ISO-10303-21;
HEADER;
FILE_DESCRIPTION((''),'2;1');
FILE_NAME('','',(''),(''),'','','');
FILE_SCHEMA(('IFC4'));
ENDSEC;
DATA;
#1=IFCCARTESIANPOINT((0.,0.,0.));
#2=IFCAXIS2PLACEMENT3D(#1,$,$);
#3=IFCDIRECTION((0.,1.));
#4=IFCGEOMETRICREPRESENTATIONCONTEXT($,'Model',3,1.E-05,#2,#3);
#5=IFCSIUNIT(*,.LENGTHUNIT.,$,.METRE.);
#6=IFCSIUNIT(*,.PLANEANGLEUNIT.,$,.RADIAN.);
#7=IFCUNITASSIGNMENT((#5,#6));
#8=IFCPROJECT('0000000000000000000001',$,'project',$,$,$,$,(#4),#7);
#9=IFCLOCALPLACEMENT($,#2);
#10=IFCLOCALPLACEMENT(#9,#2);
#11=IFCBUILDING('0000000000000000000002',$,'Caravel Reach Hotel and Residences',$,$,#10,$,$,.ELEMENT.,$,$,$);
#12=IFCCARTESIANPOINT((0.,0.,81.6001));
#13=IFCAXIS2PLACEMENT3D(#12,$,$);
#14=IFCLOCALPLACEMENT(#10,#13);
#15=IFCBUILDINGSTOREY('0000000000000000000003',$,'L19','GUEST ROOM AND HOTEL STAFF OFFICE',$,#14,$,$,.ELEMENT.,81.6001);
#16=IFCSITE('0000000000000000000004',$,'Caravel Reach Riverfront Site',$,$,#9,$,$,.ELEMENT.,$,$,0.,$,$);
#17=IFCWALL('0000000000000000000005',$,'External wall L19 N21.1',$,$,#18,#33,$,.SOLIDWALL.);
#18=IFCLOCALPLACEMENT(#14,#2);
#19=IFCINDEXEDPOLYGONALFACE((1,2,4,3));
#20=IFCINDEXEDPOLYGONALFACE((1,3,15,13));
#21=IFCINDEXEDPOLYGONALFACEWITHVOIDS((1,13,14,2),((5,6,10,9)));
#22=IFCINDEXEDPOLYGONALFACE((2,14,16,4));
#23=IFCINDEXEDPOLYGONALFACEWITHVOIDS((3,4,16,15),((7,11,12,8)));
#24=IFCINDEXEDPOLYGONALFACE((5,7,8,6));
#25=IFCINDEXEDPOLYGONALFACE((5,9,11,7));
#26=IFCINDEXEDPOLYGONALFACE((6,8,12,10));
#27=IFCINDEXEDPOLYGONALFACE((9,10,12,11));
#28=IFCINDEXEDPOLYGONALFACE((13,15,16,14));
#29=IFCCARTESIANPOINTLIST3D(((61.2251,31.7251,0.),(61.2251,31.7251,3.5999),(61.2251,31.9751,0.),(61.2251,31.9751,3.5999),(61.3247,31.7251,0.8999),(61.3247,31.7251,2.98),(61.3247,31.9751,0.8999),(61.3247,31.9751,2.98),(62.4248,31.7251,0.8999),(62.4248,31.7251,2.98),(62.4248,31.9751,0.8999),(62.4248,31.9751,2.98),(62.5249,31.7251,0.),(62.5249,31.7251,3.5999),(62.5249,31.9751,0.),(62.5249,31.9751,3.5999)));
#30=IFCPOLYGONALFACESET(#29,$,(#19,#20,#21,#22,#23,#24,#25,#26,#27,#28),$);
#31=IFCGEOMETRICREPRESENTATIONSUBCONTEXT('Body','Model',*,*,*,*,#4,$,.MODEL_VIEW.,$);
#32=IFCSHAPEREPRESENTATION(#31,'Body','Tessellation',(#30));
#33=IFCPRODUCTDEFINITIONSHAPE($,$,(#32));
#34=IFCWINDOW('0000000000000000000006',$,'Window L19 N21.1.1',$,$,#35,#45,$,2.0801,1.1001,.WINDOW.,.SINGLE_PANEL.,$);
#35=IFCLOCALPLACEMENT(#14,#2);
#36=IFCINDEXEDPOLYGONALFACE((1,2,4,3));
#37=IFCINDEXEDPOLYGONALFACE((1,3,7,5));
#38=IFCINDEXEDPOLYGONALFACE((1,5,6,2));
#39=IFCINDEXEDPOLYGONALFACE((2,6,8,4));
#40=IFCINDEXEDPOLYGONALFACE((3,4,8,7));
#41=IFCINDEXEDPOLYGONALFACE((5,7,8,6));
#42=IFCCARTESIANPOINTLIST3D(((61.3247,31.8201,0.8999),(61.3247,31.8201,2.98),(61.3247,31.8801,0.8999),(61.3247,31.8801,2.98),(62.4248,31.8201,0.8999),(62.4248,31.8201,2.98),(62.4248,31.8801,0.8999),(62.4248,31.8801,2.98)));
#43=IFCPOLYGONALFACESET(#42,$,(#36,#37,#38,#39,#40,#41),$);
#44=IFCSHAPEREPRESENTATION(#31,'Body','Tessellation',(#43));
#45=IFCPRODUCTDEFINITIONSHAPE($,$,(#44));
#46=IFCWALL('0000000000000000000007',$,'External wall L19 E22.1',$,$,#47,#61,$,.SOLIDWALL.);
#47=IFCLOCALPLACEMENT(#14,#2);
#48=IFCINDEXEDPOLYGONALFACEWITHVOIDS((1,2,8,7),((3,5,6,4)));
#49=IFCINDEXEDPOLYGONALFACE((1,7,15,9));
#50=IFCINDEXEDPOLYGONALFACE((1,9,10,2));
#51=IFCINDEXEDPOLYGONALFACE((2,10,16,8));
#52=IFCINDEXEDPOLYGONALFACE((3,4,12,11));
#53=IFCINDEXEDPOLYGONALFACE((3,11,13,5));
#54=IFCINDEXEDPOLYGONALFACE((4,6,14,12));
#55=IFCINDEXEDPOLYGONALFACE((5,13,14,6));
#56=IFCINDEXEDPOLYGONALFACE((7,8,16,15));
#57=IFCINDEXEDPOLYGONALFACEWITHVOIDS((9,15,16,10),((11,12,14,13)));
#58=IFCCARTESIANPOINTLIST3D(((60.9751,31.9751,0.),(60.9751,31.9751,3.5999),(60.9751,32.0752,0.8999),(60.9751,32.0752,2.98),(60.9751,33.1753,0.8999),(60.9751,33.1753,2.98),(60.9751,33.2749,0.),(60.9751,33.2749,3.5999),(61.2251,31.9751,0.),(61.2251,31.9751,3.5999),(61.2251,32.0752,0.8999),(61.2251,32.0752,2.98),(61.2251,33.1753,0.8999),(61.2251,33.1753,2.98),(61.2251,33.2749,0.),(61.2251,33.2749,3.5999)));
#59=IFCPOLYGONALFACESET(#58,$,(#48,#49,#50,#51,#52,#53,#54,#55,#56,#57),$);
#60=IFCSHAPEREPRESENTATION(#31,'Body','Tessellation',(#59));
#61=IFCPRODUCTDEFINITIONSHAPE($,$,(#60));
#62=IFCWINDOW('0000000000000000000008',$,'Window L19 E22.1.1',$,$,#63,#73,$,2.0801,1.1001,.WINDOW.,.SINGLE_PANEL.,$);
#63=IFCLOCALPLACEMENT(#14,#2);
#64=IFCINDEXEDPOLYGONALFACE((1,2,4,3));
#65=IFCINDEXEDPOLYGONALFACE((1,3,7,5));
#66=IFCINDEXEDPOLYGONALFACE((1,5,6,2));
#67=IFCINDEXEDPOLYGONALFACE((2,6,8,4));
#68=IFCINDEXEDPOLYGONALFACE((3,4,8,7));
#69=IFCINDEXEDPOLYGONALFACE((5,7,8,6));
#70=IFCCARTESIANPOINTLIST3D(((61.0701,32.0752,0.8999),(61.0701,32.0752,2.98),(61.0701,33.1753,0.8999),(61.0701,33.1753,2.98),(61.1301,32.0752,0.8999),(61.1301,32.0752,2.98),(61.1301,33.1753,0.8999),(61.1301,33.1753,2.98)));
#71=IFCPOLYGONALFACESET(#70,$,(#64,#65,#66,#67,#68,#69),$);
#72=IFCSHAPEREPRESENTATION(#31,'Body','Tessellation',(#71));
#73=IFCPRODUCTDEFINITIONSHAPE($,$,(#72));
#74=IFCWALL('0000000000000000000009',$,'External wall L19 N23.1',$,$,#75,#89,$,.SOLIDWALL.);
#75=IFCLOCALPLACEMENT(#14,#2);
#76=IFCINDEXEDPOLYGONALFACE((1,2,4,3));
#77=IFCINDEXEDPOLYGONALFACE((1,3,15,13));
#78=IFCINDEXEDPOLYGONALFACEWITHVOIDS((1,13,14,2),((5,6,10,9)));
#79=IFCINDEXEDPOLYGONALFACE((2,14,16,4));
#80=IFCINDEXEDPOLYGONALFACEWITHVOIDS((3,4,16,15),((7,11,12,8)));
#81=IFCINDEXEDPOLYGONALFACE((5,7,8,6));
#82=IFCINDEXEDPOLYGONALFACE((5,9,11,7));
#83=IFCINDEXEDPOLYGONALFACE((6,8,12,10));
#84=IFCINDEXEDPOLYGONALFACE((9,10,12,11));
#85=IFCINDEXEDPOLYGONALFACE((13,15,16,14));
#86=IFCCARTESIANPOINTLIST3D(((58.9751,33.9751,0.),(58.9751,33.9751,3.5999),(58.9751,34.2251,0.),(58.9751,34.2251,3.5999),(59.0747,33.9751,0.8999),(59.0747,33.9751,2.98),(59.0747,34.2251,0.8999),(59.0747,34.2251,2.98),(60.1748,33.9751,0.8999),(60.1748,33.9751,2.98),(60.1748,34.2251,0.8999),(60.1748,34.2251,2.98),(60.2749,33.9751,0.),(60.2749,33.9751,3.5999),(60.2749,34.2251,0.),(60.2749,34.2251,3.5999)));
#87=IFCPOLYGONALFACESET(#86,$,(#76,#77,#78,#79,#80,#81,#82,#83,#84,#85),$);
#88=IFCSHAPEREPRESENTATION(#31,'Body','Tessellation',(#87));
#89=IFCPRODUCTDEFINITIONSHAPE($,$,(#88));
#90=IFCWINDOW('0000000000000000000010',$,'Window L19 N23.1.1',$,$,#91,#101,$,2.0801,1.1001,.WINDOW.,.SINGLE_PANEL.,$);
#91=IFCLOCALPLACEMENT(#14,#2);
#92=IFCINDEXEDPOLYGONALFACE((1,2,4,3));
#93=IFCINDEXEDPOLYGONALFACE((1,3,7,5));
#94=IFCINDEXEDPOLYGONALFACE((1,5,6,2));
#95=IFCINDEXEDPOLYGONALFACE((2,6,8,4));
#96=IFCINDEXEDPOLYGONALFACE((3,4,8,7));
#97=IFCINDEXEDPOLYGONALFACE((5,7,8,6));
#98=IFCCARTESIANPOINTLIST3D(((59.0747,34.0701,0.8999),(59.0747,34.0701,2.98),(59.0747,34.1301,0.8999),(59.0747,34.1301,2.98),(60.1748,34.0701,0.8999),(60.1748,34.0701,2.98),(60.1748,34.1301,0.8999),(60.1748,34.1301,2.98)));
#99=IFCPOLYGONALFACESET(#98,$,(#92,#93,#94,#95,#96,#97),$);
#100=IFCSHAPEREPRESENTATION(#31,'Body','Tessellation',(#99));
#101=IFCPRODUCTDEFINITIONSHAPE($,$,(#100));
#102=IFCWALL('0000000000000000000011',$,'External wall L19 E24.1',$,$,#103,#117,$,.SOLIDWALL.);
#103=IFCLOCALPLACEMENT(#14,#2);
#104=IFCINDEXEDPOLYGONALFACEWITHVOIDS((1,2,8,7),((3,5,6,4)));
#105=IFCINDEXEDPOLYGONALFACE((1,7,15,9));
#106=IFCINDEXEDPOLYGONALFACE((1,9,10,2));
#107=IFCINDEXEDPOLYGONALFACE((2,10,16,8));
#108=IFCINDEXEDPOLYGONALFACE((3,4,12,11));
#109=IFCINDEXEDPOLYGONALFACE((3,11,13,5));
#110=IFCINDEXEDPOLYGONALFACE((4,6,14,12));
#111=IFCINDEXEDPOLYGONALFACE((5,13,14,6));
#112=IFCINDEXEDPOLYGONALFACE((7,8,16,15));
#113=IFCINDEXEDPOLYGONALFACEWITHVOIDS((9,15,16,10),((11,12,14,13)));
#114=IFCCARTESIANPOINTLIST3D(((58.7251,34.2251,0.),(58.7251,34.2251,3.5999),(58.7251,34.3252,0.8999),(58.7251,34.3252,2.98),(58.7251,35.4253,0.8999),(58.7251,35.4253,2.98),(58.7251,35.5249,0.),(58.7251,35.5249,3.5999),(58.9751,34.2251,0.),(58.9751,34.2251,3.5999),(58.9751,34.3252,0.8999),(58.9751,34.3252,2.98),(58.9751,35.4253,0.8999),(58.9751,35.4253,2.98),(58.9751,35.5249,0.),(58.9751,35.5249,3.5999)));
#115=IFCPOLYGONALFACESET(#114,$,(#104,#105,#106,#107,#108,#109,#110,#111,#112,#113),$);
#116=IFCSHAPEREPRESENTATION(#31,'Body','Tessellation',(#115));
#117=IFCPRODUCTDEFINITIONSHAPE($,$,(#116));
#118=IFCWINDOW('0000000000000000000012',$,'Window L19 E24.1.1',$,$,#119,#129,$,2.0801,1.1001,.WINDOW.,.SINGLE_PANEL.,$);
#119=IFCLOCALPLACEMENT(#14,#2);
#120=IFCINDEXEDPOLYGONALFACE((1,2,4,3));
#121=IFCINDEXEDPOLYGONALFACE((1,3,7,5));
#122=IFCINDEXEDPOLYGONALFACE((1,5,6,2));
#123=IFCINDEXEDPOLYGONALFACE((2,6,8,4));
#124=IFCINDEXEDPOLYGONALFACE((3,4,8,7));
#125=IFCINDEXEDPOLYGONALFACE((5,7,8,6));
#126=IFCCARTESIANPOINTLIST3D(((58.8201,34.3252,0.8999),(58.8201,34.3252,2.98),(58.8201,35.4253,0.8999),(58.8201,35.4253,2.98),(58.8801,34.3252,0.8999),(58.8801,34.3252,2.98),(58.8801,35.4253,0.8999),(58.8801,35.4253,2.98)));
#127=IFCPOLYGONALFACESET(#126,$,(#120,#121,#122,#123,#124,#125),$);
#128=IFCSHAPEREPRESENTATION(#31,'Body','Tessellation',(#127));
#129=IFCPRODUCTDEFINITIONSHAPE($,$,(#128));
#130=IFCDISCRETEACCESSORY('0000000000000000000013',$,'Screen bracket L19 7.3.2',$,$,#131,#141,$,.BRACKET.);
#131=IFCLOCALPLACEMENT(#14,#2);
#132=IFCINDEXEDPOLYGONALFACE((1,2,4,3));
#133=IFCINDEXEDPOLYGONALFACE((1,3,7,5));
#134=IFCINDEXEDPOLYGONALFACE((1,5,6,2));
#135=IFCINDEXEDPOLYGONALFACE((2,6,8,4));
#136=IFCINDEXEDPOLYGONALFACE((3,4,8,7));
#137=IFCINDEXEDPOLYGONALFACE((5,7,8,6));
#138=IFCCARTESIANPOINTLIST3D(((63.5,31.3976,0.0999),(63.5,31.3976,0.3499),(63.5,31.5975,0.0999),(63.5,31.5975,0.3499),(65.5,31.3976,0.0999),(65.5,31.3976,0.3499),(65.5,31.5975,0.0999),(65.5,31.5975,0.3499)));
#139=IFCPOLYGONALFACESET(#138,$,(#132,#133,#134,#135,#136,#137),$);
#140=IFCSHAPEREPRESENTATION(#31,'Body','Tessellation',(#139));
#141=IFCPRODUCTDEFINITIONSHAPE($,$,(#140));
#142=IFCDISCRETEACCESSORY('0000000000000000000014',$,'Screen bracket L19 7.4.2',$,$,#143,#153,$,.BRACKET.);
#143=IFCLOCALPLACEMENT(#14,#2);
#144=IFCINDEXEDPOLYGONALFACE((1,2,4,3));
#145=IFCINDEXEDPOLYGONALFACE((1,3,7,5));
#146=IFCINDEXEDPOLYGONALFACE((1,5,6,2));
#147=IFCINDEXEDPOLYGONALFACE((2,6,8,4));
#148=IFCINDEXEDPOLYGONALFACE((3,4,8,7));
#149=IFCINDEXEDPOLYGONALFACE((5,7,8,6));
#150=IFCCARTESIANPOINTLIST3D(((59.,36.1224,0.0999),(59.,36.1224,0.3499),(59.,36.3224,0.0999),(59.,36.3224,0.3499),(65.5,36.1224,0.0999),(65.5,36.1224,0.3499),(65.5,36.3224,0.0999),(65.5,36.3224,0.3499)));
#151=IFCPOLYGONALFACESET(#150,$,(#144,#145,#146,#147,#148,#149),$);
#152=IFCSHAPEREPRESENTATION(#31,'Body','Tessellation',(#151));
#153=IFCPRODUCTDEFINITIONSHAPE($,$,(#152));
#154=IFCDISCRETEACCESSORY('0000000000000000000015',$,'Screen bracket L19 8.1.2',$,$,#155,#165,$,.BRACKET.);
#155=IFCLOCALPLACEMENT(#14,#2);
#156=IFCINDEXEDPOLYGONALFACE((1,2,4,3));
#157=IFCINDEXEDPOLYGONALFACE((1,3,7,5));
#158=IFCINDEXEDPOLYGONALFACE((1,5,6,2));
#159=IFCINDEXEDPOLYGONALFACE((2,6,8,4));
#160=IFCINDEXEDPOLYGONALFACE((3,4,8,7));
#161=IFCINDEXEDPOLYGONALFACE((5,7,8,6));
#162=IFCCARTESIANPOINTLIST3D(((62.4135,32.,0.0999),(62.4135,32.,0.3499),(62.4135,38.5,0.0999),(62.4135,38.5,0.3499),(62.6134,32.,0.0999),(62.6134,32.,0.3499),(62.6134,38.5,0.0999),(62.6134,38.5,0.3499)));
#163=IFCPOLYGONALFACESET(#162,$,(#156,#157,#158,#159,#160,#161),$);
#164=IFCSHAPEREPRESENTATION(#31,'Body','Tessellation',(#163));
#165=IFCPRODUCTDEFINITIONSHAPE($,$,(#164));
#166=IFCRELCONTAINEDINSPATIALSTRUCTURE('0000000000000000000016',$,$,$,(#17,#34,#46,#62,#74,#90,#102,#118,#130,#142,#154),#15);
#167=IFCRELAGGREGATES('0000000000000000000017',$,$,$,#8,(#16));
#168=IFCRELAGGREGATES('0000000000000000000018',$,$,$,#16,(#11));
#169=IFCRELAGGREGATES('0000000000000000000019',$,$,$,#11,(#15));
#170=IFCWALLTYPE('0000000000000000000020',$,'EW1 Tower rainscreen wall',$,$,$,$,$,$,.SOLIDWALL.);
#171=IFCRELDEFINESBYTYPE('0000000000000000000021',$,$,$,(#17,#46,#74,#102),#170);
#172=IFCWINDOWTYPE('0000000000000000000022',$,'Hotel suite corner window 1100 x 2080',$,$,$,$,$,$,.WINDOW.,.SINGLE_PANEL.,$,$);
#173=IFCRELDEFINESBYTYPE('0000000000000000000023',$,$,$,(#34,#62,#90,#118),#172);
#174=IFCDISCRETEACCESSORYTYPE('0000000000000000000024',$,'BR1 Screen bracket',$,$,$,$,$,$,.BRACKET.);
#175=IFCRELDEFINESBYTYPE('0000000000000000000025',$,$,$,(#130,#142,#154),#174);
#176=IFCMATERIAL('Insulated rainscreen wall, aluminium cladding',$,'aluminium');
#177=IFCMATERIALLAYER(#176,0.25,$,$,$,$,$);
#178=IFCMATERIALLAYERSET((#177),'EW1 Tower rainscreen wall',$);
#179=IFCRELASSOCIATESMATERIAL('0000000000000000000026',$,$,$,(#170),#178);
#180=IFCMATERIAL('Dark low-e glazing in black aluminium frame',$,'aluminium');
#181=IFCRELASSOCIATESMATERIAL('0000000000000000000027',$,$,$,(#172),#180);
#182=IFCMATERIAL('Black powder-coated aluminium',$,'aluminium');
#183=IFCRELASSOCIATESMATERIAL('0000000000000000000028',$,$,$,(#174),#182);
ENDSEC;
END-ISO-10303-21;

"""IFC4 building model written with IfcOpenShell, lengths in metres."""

from ifc_helpers import new_model, si_unit, direction, frame, frame_2d, origin, origin_2d, place, context, subcontext, project, spatial, rectangle, extrude, material, layer, layer_set, type_object, element, fill, save


model = new_model("IFC4")

# Units and contexts
model_context = context("Model", 3, precision=1e-05, world=origin(), true_north=direction((0.0, 1.0)))
body_context = subcontext(model_context, "Body", "Model", "MODEL_VIEW")
ifc_project = project(units=[si_unit("LENGTHUNIT", "METRE"), si_unit("PLANEANGLEUNIT", "RADIAN")], contexts=[model_context])

# Site, building, storey
site_placement = place(None, origin())
site = spatial("IfcSite", under=ifc_project, at=site_placement, Name="Caravel Reach Riverfront Site", CompositionType="ELEMENT", RefElevation=0.0)
building_placement = place(site_placement, origin())
building = spatial("IfcBuilding", under=site, at=building_placement, Name="Caravel Reach Hotel and Residences", CompositionType="ELEMENT")
storey_placement = place(building_placement, frame((0.0, 0.0, 81.6001)))
storey = spatial("IfcBuildingStorey", under=building, at=storey_placement, Name="L19", Description="GUEST ROOM AND HOTEL STAFF OFFICE", CompositionType="ELEMENT", Elevation=81.6001)

# Walls, openings, windows
ifc_material_1 = material(Name="Insulated rainscreen wall, aluminium cladding", Category="aluminium")
ifc_layer = layer(ifc_material_1, 0.25)
ifc_layer_set = layer_set([ifc_layer], Name="EW1 Tower rainscreen wall")
wall_type = type_object("IfcWallType", Name="EW1 Tower rainscreen wall", PredefinedType="SOLIDWALL", material=ifc_layer_set)
wall_1_placement = place(storey_placement, frame((62.5249, 31.8501, 0.0), z_axis=(0.0, 0.0, 1.0), x_axis=(-1.0, 0.0, 0.0)))
wall_1 = element("IfcWall", 1, at=wall_1_placement, inside=storey, type_object=wall_type, Name="External wall L19 N21.1", PredefinedType="SOLIDWALL", context=body_context, shape_type="SweptSolid", body=[
    extrude(rectangle(XDim=1.2998, YDim=0.25, at=frame_2d((0.6499, 0.0))), origin(), (0.0, 0.0, 1.0), 3.5999),
])
opening_1_placement = place(wall_1_placement, frame((0.1001, 0.0, 0.8999)))
opening_1 = element("IfcOpeningElement", 2, at=opening_1_placement, cuts=wall_1, PredefinedType="OPENING", context=body_context, shape_type="SweptSolid", body=[
    extrude(rectangle(XDim=1.1001, YDim=2.0801, at=frame_2d((0.55, 1.04))), frame((0.0, 0.135, 0.0), z_axis=(0.0, -1.0, 0.0), x_axis=(1.0, 0.0, 0.0)), (0.0, 0.0, 1.0), 0.27),
])
ifc_material_2 = material(Name="Dark low-e glazing in black aluminium frame", Category="aluminium")
window_type = type_object("IfcWindowType", Name="Hotel suite corner window 1100 x 2080", PartitioningType="SINGLE_PANEL", PredefinedType="WINDOW", material=ifc_material_2)
window_1_placement = place(opening_1_placement, origin())
window_1 = element("IfcWindow", 3, at=window_1_placement, inside=storey, type_object=window_type, Name="Window L19 N21.1.1", OverallHeight=2.0801, OverallWidth=1.1001, PartitioningType="SINGLE_PANEL", PredefinedType="WINDOW", context=body_context, shape_type="SweptSolid", body=[
    extrude(rectangle(XDim=1.1001, YDim=2.0801, at=frame_2d((0.55, 1.04))), frame((0.0, 0.03, 0.0), z_axis=(0.0, -1.0, 0.0), x_axis=(1.0, 0.0, 0.0)), (0.0, 0.0, 1.0), 0.0601),
])
fill(opening_1, window_1)
wall_2_placement = place(storey_placement, frame((61.1001, 31.9751, 0.0), z_axis=(0.0, 0.0, 1.0), x_axis=(0.0, 1.0, 0.0)))
wall_2 = element("IfcWall", 4, at=wall_2_placement, inside=storey, type_object=wall_type, Name="External wall L19 E22.1", PredefinedType="SOLIDWALL", context=body_context, shape_type="SweptSolid", body=[
    extrude(rectangle(XDim=1.2998, YDim=0.25, at=frame_2d((0.6499, 0.0))), origin(), (0.0, 0.0, 1.0), 3.5999),
])
opening_2_placement = place(wall_2_placement, frame((0.1001, 0.0, 0.8999)))
opening_2 = element("IfcOpeningElement", 5, at=opening_2_placement, cuts=wall_2, PredefinedType="OPENING", context=body_context, shape_type="SweptSolid", body=[
    extrude(rectangle(XDim=1.1001, YDim=2.0801, at=frame_2d((0.55, 1.04))), frame((0.0, 0.135, 0.0), z_axis=(0.0, -1.0, 0.0), x_axis=(1.0, 0.0, 0.0)), (0.0, 0.0, 1.0), 0.27),
])
window_2_placement = place(opening_2_placement, origin())
window_2 = element("IfcWindow", 6, at=window_2_placement, inside=storey, type_object=window_type, Name="Window L19 E22.1.1", OverallHeight=2.0801, OverallWidth=1.1001, PartitioningType="SINGLE_PANEL", PredefinedType="WINDOW", context=body_context, shape_type="SweptSolid", body=[
    extrude(rectangle(XDim=1.1001, YDim=2.0801, at=frame_2d((0.55, 1.04))), frame((0.0, 0.03, 0.0), z_axis=(0.0, -1.0, 0.0), x_axis=(1.0, 0.0, 0.0)), (0.0, 0.0, 1.0), 0.0601),
])
fill(opening_2, window_2)
wall_3_placement = place(storey_placement, frame((60.2749, 34.1001, 0.0), z_axis=(0.0, 0.0, 1.0), x_axis=(-1.0, 0.0, 0.0)))
wall_3 = element("IfcWall", 7, at=wall_3_placement, inside=storey, type_object=wall_type, Name="External wall L19 N23.1", PredefinedType="SOLIDWALL", context=body_context, shape_type="SweptSolid", body=[
    extrude(rectangle(XDim=1.2998, YDim=0.25, at=frame_2d((0.6499, 0.0))), origin(), (0.0, 0.0, 1.0), 3.5999),
])
opening_3_placement = place(wall_3_placement, frame((0.1001, 0.0, 0.8999)))
opening_3 = element("IfcOpeningElement", 8, at=opening_3_placement, cuts=wall_3, PredefinedType="OPENING", context=body_context, shape_type="SweptSolid", body=[
    extrude(rectangle(XDim=1.1001, YDim=2.0801, at=frame_2d((0.55, 1.04))), frame((0.0, 0.135, 0.0), z_axis=(0.0, -1.0, 0.0), x_axis=(1.0, 0.0, 0.0)), (0.0, 0.0, 1.0), 0.27),
])
window_3_placement = place(opening_3_placement, origin())
window_3 = element("IfcWindow", 9, at=window_3_placement, inside=storey, type_object=window_type, Name="Window L19 N23.1.1", OverallHeight=2.0801, OverallWidth=1.1001, PartitioningType="SINGLE_PANEL", PredefinedType="WINDOW", context=body_context, shape_type="SweptSolid", body=[
    extrude(rectangle(XDim=1.1001, YDim=2.0801, at=frame_2d((0.55, 1.04))), frame((0.0, 0.03, 0.0), z_axis=(0.0, -1.0, 0.0), x_axis=(1.0, 0.0, 0.0)), (0.0, 0.0, 1.0), 0.0601),
])
fill(opening_3, window_3)
wall_4_placement = place(storey_placement, frame((58.8501, 34.2251, 0.0), z_axis=(0.0, 0.0, 1.0), x_axis=(0.0, 1.0, 0.0)))
wall_4 = element("IfcWall", 10, at=wall_4_placement, inside=storey, type_object=wall_type, Name="External wall L19 E24.1", PredefinedType="SOLIDWALL", context=body_context, shape_type="SweptSolid", body=[
    extrude(rectangle(XDim=1.2998, YDim=0.25, at=frame_2d((0.6499, 0.0))), origin(), (0.0, 0.0, 1.0), 3.5999),
])
opening_4_placement = place(wall_4_placement, frame((0.1001, 0.0, 0.8999)))
opening_4 = element("IfcOpeningElement", 11, at=opening_4_placement, cuts=wall_4, PredefinedType="OPENING", context=body_context, shape_type="SweptSolid", body=[
    extrude(rectangle(XDim=1.1001, YDim=2.0801, at=frame_2d((0.55, 1.04))), frame((0.0, 0.135, 0.0), z_axis=(0.0, -1.0, 0.0), x_axis=(1.0, 0.0, 0.0)), (0.0, 0.0, 1.0), 0.27),
])
window_4_placement = place(opening_4_placement, origin())
window_4 = element("IfcWindow", 12, at=window_4_placement, inside=storey, type_object=window_type, Name="Window L19 E24.1.1", OverallHeight=2.0801, OverallWidth=1.1001, PartitioningType="SINGLE_PANEL", PredefinedType="WINDOW", context=body_context, shape_type="SweptSolid", body=[
    extrude(rectangle(XDim=1.1001, YDim=2.0801, at=frame_2d((0.55, 1.04))), frame((0.0, 0.03, 0.0), z_axis=(0.0, -1.0, 0.0), x_axis=(1.0, 0.0, 0.0)), (0.0, 0.0, 1.0), 0.0601),
])
fill(opening_4, window_4)

# Discrete accessories
ifc_material_3 = material(Name="Black powder-coated aluminium", Category="aluminium")
discrete_accessory_type = type_object("IfcDiscreteAccessoryType", Name="BR1 Screen bracket", PredefinedType="BRACKET", material=ifc_material_3)
discrete_accessory_placement = place(storey_placement, frame((64.5, 31.4976, 0.0999), z_axis=(0.0, 0.0, 1.0), x_axis=(1.0, 0.0, 0.0)))
element("IfcDiscreteAccessory", 13, at=discrete_accessory_placement, inside=storey, type_object=discrete_accessory_type, Name="Screen bracket L19 7.3.2", PredefinedType="BRACKET", context=body_context, shape_type="SweptSolid", body=[
    extrude(rectangle(XDim=2.0, YDim=0.2, at=origin_2d()), origin(), (0.0, 0.0, 1.0), 0.25),
])
for number, where, z_axis, x_axis, name in (
    (14, (62.25, 36.2224, 0.0999), (0.0, 0.0, 1.0), (1.0, 0.0, 0.0), "Screen bracket L19 7.4.2"),
    (15, (62.5134, 35.25, 0.0999), (0.0, 0.0, 1.0), (0.0, 1.0, 0.0), "Screen bracket L19 8.1.2"),
):
    element("IfcDiscreteAccessory", number, at=place(storey_placement, frame(where, z_axis=z_axis, x_axis=x_axis)), inside=storey, type_object=discrete_accessory_type, Name=name, PredefinedType="BRACKET", context=body_context, shape_type="SweptSolid", body=[
        extrude(rectangle(XDim=6.5, YDim=0.2, at=origin_2d()), origin(), (0.0, 0.0, 1.0), 0.25),
    ])

save(model, "model.ifc")
